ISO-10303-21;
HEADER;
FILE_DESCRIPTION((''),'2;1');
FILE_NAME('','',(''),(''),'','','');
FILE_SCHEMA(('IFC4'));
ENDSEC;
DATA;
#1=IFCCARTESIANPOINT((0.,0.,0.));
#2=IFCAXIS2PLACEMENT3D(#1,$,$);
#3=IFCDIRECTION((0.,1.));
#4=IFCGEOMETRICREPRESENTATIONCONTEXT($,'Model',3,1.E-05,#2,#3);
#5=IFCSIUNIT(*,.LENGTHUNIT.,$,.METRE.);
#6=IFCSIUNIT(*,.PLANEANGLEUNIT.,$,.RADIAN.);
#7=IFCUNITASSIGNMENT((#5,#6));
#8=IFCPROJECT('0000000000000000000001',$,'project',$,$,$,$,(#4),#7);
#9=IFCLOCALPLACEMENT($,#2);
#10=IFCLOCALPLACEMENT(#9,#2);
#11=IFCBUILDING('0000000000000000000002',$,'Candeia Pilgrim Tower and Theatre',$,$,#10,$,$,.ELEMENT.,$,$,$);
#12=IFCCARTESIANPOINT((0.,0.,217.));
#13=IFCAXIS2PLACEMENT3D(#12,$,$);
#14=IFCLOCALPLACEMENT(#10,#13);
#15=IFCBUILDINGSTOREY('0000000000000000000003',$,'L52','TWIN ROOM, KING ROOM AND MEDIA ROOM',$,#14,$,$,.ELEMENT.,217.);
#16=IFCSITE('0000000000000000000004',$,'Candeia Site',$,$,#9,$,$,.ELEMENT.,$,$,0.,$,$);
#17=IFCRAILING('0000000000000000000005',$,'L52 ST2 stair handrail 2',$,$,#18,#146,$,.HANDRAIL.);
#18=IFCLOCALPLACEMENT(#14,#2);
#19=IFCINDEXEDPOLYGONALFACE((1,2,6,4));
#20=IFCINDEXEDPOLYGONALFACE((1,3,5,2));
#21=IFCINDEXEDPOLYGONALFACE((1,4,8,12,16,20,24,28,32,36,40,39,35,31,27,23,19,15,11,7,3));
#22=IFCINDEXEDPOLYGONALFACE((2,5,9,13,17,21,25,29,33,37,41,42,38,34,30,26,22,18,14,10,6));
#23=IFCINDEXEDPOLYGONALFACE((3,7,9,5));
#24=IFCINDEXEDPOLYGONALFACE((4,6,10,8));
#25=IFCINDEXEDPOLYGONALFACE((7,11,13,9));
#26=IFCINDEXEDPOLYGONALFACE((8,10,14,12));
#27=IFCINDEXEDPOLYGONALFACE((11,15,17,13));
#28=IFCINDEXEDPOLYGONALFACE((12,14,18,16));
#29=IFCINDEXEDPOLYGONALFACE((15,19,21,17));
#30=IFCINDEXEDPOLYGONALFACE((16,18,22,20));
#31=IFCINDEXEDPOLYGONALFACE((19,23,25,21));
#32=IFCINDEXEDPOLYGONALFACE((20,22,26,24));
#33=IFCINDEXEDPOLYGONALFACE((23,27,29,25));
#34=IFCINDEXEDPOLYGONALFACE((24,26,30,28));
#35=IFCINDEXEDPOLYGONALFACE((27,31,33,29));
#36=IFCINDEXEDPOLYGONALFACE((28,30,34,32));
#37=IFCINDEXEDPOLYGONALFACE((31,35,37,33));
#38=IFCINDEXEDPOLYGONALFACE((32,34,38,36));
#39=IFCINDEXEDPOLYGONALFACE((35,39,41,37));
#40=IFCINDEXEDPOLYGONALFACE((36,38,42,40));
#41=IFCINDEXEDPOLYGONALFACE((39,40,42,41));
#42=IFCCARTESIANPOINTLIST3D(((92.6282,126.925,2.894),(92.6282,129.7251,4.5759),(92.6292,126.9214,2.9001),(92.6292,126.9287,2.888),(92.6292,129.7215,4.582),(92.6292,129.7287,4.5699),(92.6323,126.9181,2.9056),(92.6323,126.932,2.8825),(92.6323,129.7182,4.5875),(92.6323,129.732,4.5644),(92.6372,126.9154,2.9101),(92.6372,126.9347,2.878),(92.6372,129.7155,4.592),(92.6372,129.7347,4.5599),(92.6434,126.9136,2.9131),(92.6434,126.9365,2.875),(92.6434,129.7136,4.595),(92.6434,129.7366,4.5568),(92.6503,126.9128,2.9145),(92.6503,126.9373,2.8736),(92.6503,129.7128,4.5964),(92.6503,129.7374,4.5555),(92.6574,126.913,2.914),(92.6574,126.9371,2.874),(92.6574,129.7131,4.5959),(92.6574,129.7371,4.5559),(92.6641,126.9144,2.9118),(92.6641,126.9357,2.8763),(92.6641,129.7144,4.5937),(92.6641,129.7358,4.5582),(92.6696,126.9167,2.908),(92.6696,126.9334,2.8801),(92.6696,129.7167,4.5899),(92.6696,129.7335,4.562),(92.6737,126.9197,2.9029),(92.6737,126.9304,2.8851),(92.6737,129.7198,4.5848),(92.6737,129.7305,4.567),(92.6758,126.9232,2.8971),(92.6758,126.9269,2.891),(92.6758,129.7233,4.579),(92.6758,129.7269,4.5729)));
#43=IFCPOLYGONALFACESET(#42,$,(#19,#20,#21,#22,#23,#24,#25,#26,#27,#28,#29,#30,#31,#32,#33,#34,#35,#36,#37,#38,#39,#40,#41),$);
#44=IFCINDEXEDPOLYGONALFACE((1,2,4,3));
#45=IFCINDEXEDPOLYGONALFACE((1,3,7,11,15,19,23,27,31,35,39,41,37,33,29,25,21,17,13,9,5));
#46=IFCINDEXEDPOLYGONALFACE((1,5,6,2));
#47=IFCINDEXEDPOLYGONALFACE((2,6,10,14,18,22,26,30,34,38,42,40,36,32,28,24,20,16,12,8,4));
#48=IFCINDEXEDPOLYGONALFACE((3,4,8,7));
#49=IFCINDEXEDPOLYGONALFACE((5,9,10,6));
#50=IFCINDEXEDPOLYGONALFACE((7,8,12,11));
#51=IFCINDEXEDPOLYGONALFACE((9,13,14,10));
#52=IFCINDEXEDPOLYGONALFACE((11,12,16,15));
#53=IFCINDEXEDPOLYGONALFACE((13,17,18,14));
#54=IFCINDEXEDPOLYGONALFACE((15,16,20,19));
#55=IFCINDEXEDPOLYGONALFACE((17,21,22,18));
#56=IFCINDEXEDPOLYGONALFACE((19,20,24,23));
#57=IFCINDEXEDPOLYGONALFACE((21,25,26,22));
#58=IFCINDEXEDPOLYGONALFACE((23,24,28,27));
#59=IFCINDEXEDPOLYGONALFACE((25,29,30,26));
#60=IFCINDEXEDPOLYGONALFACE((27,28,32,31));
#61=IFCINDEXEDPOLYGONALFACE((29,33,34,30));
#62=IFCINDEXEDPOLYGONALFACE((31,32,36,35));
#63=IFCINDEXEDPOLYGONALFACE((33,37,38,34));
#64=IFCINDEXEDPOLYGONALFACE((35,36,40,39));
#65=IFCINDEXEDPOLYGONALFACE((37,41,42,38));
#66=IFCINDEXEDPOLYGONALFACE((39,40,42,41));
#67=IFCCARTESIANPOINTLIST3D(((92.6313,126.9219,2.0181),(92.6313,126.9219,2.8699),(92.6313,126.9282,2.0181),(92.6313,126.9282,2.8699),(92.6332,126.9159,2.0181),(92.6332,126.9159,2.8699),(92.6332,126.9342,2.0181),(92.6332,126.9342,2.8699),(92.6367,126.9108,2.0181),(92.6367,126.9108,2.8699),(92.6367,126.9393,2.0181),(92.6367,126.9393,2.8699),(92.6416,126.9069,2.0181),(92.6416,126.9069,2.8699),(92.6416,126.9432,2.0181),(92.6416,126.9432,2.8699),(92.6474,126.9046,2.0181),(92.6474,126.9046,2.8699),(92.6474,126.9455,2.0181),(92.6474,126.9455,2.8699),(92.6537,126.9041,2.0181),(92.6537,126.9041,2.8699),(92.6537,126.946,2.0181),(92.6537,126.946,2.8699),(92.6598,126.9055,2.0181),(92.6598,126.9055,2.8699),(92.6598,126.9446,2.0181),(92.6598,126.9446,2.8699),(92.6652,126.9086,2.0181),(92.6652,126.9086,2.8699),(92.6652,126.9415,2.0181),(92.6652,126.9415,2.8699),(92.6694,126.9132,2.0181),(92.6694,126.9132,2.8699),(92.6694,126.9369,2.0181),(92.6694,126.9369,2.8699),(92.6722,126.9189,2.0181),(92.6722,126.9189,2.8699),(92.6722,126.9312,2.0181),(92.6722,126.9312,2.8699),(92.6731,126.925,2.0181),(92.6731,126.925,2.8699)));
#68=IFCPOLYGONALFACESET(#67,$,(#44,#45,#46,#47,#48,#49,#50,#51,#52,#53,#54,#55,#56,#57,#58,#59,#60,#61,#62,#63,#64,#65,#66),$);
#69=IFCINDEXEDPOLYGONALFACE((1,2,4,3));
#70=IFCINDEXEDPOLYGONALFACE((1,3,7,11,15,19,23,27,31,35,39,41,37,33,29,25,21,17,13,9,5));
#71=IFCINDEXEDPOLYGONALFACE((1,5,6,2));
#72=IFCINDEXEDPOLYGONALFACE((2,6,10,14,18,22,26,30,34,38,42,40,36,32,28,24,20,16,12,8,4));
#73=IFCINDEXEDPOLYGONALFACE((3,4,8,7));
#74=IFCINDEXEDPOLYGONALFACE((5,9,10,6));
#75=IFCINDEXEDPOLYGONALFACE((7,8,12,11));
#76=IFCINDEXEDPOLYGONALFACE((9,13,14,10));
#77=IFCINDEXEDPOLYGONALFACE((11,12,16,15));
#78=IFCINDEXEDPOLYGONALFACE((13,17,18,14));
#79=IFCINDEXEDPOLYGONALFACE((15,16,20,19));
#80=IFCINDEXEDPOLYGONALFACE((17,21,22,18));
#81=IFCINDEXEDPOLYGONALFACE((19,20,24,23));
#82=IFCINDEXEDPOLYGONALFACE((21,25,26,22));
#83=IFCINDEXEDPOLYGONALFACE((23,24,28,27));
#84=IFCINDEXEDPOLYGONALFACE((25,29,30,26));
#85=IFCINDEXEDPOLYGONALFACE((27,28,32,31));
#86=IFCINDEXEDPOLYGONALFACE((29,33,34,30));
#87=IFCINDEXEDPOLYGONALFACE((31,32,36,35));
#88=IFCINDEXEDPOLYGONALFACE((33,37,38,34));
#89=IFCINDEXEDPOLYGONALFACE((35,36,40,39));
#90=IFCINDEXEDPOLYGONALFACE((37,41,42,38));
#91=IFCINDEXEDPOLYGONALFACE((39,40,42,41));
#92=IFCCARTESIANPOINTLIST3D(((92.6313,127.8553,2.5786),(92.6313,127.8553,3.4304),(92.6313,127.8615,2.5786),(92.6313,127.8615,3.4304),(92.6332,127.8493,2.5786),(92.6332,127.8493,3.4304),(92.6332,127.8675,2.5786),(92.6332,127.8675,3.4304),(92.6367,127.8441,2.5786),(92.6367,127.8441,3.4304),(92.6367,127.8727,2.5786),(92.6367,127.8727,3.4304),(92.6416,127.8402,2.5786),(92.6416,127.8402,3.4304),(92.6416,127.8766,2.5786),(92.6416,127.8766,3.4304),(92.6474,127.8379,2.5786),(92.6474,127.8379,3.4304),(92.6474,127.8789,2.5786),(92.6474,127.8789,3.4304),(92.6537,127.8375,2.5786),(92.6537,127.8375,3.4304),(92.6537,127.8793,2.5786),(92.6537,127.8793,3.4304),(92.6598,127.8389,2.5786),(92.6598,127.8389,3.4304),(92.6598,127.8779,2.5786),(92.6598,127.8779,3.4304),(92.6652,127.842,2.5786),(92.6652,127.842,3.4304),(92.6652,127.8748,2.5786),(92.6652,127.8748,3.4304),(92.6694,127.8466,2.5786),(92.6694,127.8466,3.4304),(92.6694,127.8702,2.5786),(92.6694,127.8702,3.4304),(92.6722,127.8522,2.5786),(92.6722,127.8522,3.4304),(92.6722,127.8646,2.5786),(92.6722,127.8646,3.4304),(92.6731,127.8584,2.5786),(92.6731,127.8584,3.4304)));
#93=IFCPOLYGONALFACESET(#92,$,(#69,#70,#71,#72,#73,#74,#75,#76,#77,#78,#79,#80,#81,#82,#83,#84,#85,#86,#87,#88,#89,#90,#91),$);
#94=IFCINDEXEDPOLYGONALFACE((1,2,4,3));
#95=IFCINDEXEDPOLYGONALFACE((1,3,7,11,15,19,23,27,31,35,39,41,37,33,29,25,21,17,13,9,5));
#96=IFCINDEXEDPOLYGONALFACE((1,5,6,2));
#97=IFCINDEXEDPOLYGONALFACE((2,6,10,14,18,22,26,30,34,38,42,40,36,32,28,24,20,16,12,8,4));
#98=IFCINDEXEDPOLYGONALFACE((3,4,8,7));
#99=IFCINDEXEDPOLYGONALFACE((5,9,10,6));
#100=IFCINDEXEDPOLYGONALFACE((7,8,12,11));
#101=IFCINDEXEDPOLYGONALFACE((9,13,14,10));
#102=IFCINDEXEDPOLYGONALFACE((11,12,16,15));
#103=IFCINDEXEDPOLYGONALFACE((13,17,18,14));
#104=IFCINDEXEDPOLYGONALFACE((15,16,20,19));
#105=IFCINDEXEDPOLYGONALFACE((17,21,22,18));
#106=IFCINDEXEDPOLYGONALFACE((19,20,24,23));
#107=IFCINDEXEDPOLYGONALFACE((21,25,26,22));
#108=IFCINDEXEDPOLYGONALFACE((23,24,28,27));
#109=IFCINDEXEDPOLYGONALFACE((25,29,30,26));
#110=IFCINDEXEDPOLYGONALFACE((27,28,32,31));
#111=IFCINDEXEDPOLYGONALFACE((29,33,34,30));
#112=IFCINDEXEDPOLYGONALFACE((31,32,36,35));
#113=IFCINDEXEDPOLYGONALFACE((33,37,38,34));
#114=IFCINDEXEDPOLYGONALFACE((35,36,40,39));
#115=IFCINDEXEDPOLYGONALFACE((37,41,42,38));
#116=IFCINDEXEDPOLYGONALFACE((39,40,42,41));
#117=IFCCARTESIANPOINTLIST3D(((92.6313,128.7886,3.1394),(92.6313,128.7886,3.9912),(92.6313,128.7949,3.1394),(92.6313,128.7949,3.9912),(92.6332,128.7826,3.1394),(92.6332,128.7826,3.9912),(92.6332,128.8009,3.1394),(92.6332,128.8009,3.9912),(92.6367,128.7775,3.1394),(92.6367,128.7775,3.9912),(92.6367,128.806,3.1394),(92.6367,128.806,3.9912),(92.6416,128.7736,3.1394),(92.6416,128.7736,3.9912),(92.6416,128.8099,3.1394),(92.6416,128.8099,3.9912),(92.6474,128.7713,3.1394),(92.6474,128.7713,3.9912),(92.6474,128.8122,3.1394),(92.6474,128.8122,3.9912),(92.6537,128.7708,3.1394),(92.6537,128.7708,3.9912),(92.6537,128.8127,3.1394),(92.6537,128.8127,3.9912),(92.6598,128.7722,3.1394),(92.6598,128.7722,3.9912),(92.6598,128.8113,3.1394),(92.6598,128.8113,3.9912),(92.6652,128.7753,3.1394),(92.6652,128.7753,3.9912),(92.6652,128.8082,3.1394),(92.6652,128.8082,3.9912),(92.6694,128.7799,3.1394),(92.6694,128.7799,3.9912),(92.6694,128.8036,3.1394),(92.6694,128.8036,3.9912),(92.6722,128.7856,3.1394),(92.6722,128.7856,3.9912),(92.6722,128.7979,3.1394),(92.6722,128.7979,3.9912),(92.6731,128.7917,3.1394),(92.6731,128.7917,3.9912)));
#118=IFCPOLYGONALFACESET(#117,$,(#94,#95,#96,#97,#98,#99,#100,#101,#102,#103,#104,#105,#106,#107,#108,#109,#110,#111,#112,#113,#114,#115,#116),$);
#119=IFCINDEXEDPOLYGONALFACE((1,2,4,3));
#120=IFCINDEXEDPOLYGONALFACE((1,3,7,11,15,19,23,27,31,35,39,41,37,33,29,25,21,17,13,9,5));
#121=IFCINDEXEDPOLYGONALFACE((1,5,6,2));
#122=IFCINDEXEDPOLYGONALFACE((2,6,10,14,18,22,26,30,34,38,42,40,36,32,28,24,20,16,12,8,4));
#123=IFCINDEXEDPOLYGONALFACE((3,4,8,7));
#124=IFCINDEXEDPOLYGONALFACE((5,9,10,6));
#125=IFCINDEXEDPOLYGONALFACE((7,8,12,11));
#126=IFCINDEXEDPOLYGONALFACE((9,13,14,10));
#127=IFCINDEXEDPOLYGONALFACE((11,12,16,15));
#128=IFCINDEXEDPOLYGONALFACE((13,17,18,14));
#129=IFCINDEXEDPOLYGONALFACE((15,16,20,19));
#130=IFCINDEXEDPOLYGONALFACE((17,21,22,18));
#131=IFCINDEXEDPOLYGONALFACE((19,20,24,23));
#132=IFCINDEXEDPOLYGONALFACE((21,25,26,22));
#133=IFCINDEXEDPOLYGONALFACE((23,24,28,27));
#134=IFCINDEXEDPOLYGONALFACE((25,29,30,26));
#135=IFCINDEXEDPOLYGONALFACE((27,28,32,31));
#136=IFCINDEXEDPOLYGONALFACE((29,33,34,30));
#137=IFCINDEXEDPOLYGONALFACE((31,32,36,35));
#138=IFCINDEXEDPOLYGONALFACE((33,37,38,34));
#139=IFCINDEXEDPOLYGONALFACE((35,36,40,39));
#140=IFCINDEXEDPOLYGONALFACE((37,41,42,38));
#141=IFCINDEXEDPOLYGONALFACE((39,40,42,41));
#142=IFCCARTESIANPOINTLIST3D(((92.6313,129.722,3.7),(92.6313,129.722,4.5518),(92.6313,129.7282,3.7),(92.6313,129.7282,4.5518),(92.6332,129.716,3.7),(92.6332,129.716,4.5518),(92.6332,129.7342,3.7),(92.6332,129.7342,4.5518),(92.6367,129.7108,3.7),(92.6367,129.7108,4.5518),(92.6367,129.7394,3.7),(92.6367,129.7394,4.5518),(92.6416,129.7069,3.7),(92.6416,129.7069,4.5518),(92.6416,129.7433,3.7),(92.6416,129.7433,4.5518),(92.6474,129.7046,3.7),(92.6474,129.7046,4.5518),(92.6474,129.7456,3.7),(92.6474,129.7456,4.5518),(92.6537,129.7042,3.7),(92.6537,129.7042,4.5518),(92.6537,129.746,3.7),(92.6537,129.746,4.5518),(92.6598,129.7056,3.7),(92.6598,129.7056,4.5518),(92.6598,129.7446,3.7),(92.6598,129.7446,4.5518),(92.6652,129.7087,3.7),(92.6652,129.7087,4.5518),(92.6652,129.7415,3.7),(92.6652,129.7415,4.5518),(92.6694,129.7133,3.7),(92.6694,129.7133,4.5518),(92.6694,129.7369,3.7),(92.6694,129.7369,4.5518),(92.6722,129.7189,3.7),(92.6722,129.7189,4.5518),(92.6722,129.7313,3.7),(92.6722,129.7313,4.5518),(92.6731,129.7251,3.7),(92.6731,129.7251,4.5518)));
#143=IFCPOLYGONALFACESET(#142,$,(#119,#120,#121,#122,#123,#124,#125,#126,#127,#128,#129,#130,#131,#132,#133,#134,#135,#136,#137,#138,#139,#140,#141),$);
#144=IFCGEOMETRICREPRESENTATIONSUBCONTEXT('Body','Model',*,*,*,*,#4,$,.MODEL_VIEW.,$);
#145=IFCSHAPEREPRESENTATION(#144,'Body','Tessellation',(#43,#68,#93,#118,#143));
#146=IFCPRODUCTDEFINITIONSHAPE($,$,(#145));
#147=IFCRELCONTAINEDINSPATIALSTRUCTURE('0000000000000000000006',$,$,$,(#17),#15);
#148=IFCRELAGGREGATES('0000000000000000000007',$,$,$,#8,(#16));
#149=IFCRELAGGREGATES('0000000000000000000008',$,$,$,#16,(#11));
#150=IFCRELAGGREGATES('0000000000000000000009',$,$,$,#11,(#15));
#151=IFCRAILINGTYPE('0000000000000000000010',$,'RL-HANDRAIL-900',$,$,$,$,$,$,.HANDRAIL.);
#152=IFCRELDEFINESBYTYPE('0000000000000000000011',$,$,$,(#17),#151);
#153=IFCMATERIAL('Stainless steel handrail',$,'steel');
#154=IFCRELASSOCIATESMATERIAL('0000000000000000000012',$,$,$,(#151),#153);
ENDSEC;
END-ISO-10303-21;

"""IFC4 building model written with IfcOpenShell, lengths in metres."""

from ifc_helpers import new_model, si_unit, direction, frame, origin, origin_2d, place, context, subcontext, project, spatial, circle, extrude, material, type_object, element, save


model = new_model("IFC4")

# Units and contexts
model_context = context("Model", 3, precision=1e-05, world=origin(), true_north=direction((0.0, 1.0)))
body_context = subcontext(model_context, "Body", "Model", "MODEL_VIEW")
ifc_project = project(units=[si_unit("LENGTHUNIT", "METRE"), si_unit("PLANEANGLEUNIT", "RADIAN")], contexts=[model_context])

# Site, building, storey
site_placement = place(None, origin())
site = spatial("IfcSite", under=ifc_project, at=site_placement, Name="Candeia Site", CompositionType="ELEMENT", RefElevation=0.0)
building_placement = place(site_placement, origin())
building = spatial("IfcBuilding", under=site, at=building_placement, Name="Candeia Pilgrim Tower and Theatre", CompositionType="ELEMENT")
storey_placement = place(building_placement, frame((0.0, 0.0, 217.0)))
storey = spatial("IfcBuildingStorey", under=building, at=storey_placement, Name="L52", Description="TWIN ROOM, KING ROOM AND MEDIA ROOM", CompositionType="ELEMENT", Elevation=217.0)

# Railing
ifc_material_1 = material(Name="Stainless steel handrail", Category="steel")
railing_type = type_object("IfcRailingType", Name="RL-HANDRAIL-900", PredefinedType="HANDRAIL", material=ifc_material_1)
for number, where, name in (
    (1, (92.6521, 126.925, 2.0181), "L52 ST2 stair handrail 2"),
):
    element("IfcRailing", number, at=place(storey_placement, frame(where)), inside=storey, type_object=railing_type, Name=name, PredefinedType="HANDRAIL", context=body_context, shape_type="SweptSolid", body=[
        extrude(circle(Radius=0.0239, at=origin_2d()), frame((0.0, 0.0, 0.876), z_axis=(0.0, 0.857242, 0.514913), x_axis=(-1.0, 0.0, 0.0)), (0.0, 0.0, 1.0), 3.2664),
        extrude(circle(Radius=0.021, at=origin_2d()), origin(), (0.0, 0.0, 1.0), 0.8518),
        extrude(circle(Radius=0.021, at=origin_2d()), frame((0.0, 0.9333, 0.5605)), (0.0, 0.0, 1.0), 0.8518),
        extrude(circle(Radius=0.021, at=origin_2d()), frame((0.0, 1.8667, 1.1213)), (0.0, 0.0, 1.0), 0.8518),
        extrude(circle(Radius=0.021, at=origin_2d()), frame((0.0, 2.8, 1.6819)), (0.0, 0.0, 1.0), 0.8518),
    ])

save(model, "model.ifc")
